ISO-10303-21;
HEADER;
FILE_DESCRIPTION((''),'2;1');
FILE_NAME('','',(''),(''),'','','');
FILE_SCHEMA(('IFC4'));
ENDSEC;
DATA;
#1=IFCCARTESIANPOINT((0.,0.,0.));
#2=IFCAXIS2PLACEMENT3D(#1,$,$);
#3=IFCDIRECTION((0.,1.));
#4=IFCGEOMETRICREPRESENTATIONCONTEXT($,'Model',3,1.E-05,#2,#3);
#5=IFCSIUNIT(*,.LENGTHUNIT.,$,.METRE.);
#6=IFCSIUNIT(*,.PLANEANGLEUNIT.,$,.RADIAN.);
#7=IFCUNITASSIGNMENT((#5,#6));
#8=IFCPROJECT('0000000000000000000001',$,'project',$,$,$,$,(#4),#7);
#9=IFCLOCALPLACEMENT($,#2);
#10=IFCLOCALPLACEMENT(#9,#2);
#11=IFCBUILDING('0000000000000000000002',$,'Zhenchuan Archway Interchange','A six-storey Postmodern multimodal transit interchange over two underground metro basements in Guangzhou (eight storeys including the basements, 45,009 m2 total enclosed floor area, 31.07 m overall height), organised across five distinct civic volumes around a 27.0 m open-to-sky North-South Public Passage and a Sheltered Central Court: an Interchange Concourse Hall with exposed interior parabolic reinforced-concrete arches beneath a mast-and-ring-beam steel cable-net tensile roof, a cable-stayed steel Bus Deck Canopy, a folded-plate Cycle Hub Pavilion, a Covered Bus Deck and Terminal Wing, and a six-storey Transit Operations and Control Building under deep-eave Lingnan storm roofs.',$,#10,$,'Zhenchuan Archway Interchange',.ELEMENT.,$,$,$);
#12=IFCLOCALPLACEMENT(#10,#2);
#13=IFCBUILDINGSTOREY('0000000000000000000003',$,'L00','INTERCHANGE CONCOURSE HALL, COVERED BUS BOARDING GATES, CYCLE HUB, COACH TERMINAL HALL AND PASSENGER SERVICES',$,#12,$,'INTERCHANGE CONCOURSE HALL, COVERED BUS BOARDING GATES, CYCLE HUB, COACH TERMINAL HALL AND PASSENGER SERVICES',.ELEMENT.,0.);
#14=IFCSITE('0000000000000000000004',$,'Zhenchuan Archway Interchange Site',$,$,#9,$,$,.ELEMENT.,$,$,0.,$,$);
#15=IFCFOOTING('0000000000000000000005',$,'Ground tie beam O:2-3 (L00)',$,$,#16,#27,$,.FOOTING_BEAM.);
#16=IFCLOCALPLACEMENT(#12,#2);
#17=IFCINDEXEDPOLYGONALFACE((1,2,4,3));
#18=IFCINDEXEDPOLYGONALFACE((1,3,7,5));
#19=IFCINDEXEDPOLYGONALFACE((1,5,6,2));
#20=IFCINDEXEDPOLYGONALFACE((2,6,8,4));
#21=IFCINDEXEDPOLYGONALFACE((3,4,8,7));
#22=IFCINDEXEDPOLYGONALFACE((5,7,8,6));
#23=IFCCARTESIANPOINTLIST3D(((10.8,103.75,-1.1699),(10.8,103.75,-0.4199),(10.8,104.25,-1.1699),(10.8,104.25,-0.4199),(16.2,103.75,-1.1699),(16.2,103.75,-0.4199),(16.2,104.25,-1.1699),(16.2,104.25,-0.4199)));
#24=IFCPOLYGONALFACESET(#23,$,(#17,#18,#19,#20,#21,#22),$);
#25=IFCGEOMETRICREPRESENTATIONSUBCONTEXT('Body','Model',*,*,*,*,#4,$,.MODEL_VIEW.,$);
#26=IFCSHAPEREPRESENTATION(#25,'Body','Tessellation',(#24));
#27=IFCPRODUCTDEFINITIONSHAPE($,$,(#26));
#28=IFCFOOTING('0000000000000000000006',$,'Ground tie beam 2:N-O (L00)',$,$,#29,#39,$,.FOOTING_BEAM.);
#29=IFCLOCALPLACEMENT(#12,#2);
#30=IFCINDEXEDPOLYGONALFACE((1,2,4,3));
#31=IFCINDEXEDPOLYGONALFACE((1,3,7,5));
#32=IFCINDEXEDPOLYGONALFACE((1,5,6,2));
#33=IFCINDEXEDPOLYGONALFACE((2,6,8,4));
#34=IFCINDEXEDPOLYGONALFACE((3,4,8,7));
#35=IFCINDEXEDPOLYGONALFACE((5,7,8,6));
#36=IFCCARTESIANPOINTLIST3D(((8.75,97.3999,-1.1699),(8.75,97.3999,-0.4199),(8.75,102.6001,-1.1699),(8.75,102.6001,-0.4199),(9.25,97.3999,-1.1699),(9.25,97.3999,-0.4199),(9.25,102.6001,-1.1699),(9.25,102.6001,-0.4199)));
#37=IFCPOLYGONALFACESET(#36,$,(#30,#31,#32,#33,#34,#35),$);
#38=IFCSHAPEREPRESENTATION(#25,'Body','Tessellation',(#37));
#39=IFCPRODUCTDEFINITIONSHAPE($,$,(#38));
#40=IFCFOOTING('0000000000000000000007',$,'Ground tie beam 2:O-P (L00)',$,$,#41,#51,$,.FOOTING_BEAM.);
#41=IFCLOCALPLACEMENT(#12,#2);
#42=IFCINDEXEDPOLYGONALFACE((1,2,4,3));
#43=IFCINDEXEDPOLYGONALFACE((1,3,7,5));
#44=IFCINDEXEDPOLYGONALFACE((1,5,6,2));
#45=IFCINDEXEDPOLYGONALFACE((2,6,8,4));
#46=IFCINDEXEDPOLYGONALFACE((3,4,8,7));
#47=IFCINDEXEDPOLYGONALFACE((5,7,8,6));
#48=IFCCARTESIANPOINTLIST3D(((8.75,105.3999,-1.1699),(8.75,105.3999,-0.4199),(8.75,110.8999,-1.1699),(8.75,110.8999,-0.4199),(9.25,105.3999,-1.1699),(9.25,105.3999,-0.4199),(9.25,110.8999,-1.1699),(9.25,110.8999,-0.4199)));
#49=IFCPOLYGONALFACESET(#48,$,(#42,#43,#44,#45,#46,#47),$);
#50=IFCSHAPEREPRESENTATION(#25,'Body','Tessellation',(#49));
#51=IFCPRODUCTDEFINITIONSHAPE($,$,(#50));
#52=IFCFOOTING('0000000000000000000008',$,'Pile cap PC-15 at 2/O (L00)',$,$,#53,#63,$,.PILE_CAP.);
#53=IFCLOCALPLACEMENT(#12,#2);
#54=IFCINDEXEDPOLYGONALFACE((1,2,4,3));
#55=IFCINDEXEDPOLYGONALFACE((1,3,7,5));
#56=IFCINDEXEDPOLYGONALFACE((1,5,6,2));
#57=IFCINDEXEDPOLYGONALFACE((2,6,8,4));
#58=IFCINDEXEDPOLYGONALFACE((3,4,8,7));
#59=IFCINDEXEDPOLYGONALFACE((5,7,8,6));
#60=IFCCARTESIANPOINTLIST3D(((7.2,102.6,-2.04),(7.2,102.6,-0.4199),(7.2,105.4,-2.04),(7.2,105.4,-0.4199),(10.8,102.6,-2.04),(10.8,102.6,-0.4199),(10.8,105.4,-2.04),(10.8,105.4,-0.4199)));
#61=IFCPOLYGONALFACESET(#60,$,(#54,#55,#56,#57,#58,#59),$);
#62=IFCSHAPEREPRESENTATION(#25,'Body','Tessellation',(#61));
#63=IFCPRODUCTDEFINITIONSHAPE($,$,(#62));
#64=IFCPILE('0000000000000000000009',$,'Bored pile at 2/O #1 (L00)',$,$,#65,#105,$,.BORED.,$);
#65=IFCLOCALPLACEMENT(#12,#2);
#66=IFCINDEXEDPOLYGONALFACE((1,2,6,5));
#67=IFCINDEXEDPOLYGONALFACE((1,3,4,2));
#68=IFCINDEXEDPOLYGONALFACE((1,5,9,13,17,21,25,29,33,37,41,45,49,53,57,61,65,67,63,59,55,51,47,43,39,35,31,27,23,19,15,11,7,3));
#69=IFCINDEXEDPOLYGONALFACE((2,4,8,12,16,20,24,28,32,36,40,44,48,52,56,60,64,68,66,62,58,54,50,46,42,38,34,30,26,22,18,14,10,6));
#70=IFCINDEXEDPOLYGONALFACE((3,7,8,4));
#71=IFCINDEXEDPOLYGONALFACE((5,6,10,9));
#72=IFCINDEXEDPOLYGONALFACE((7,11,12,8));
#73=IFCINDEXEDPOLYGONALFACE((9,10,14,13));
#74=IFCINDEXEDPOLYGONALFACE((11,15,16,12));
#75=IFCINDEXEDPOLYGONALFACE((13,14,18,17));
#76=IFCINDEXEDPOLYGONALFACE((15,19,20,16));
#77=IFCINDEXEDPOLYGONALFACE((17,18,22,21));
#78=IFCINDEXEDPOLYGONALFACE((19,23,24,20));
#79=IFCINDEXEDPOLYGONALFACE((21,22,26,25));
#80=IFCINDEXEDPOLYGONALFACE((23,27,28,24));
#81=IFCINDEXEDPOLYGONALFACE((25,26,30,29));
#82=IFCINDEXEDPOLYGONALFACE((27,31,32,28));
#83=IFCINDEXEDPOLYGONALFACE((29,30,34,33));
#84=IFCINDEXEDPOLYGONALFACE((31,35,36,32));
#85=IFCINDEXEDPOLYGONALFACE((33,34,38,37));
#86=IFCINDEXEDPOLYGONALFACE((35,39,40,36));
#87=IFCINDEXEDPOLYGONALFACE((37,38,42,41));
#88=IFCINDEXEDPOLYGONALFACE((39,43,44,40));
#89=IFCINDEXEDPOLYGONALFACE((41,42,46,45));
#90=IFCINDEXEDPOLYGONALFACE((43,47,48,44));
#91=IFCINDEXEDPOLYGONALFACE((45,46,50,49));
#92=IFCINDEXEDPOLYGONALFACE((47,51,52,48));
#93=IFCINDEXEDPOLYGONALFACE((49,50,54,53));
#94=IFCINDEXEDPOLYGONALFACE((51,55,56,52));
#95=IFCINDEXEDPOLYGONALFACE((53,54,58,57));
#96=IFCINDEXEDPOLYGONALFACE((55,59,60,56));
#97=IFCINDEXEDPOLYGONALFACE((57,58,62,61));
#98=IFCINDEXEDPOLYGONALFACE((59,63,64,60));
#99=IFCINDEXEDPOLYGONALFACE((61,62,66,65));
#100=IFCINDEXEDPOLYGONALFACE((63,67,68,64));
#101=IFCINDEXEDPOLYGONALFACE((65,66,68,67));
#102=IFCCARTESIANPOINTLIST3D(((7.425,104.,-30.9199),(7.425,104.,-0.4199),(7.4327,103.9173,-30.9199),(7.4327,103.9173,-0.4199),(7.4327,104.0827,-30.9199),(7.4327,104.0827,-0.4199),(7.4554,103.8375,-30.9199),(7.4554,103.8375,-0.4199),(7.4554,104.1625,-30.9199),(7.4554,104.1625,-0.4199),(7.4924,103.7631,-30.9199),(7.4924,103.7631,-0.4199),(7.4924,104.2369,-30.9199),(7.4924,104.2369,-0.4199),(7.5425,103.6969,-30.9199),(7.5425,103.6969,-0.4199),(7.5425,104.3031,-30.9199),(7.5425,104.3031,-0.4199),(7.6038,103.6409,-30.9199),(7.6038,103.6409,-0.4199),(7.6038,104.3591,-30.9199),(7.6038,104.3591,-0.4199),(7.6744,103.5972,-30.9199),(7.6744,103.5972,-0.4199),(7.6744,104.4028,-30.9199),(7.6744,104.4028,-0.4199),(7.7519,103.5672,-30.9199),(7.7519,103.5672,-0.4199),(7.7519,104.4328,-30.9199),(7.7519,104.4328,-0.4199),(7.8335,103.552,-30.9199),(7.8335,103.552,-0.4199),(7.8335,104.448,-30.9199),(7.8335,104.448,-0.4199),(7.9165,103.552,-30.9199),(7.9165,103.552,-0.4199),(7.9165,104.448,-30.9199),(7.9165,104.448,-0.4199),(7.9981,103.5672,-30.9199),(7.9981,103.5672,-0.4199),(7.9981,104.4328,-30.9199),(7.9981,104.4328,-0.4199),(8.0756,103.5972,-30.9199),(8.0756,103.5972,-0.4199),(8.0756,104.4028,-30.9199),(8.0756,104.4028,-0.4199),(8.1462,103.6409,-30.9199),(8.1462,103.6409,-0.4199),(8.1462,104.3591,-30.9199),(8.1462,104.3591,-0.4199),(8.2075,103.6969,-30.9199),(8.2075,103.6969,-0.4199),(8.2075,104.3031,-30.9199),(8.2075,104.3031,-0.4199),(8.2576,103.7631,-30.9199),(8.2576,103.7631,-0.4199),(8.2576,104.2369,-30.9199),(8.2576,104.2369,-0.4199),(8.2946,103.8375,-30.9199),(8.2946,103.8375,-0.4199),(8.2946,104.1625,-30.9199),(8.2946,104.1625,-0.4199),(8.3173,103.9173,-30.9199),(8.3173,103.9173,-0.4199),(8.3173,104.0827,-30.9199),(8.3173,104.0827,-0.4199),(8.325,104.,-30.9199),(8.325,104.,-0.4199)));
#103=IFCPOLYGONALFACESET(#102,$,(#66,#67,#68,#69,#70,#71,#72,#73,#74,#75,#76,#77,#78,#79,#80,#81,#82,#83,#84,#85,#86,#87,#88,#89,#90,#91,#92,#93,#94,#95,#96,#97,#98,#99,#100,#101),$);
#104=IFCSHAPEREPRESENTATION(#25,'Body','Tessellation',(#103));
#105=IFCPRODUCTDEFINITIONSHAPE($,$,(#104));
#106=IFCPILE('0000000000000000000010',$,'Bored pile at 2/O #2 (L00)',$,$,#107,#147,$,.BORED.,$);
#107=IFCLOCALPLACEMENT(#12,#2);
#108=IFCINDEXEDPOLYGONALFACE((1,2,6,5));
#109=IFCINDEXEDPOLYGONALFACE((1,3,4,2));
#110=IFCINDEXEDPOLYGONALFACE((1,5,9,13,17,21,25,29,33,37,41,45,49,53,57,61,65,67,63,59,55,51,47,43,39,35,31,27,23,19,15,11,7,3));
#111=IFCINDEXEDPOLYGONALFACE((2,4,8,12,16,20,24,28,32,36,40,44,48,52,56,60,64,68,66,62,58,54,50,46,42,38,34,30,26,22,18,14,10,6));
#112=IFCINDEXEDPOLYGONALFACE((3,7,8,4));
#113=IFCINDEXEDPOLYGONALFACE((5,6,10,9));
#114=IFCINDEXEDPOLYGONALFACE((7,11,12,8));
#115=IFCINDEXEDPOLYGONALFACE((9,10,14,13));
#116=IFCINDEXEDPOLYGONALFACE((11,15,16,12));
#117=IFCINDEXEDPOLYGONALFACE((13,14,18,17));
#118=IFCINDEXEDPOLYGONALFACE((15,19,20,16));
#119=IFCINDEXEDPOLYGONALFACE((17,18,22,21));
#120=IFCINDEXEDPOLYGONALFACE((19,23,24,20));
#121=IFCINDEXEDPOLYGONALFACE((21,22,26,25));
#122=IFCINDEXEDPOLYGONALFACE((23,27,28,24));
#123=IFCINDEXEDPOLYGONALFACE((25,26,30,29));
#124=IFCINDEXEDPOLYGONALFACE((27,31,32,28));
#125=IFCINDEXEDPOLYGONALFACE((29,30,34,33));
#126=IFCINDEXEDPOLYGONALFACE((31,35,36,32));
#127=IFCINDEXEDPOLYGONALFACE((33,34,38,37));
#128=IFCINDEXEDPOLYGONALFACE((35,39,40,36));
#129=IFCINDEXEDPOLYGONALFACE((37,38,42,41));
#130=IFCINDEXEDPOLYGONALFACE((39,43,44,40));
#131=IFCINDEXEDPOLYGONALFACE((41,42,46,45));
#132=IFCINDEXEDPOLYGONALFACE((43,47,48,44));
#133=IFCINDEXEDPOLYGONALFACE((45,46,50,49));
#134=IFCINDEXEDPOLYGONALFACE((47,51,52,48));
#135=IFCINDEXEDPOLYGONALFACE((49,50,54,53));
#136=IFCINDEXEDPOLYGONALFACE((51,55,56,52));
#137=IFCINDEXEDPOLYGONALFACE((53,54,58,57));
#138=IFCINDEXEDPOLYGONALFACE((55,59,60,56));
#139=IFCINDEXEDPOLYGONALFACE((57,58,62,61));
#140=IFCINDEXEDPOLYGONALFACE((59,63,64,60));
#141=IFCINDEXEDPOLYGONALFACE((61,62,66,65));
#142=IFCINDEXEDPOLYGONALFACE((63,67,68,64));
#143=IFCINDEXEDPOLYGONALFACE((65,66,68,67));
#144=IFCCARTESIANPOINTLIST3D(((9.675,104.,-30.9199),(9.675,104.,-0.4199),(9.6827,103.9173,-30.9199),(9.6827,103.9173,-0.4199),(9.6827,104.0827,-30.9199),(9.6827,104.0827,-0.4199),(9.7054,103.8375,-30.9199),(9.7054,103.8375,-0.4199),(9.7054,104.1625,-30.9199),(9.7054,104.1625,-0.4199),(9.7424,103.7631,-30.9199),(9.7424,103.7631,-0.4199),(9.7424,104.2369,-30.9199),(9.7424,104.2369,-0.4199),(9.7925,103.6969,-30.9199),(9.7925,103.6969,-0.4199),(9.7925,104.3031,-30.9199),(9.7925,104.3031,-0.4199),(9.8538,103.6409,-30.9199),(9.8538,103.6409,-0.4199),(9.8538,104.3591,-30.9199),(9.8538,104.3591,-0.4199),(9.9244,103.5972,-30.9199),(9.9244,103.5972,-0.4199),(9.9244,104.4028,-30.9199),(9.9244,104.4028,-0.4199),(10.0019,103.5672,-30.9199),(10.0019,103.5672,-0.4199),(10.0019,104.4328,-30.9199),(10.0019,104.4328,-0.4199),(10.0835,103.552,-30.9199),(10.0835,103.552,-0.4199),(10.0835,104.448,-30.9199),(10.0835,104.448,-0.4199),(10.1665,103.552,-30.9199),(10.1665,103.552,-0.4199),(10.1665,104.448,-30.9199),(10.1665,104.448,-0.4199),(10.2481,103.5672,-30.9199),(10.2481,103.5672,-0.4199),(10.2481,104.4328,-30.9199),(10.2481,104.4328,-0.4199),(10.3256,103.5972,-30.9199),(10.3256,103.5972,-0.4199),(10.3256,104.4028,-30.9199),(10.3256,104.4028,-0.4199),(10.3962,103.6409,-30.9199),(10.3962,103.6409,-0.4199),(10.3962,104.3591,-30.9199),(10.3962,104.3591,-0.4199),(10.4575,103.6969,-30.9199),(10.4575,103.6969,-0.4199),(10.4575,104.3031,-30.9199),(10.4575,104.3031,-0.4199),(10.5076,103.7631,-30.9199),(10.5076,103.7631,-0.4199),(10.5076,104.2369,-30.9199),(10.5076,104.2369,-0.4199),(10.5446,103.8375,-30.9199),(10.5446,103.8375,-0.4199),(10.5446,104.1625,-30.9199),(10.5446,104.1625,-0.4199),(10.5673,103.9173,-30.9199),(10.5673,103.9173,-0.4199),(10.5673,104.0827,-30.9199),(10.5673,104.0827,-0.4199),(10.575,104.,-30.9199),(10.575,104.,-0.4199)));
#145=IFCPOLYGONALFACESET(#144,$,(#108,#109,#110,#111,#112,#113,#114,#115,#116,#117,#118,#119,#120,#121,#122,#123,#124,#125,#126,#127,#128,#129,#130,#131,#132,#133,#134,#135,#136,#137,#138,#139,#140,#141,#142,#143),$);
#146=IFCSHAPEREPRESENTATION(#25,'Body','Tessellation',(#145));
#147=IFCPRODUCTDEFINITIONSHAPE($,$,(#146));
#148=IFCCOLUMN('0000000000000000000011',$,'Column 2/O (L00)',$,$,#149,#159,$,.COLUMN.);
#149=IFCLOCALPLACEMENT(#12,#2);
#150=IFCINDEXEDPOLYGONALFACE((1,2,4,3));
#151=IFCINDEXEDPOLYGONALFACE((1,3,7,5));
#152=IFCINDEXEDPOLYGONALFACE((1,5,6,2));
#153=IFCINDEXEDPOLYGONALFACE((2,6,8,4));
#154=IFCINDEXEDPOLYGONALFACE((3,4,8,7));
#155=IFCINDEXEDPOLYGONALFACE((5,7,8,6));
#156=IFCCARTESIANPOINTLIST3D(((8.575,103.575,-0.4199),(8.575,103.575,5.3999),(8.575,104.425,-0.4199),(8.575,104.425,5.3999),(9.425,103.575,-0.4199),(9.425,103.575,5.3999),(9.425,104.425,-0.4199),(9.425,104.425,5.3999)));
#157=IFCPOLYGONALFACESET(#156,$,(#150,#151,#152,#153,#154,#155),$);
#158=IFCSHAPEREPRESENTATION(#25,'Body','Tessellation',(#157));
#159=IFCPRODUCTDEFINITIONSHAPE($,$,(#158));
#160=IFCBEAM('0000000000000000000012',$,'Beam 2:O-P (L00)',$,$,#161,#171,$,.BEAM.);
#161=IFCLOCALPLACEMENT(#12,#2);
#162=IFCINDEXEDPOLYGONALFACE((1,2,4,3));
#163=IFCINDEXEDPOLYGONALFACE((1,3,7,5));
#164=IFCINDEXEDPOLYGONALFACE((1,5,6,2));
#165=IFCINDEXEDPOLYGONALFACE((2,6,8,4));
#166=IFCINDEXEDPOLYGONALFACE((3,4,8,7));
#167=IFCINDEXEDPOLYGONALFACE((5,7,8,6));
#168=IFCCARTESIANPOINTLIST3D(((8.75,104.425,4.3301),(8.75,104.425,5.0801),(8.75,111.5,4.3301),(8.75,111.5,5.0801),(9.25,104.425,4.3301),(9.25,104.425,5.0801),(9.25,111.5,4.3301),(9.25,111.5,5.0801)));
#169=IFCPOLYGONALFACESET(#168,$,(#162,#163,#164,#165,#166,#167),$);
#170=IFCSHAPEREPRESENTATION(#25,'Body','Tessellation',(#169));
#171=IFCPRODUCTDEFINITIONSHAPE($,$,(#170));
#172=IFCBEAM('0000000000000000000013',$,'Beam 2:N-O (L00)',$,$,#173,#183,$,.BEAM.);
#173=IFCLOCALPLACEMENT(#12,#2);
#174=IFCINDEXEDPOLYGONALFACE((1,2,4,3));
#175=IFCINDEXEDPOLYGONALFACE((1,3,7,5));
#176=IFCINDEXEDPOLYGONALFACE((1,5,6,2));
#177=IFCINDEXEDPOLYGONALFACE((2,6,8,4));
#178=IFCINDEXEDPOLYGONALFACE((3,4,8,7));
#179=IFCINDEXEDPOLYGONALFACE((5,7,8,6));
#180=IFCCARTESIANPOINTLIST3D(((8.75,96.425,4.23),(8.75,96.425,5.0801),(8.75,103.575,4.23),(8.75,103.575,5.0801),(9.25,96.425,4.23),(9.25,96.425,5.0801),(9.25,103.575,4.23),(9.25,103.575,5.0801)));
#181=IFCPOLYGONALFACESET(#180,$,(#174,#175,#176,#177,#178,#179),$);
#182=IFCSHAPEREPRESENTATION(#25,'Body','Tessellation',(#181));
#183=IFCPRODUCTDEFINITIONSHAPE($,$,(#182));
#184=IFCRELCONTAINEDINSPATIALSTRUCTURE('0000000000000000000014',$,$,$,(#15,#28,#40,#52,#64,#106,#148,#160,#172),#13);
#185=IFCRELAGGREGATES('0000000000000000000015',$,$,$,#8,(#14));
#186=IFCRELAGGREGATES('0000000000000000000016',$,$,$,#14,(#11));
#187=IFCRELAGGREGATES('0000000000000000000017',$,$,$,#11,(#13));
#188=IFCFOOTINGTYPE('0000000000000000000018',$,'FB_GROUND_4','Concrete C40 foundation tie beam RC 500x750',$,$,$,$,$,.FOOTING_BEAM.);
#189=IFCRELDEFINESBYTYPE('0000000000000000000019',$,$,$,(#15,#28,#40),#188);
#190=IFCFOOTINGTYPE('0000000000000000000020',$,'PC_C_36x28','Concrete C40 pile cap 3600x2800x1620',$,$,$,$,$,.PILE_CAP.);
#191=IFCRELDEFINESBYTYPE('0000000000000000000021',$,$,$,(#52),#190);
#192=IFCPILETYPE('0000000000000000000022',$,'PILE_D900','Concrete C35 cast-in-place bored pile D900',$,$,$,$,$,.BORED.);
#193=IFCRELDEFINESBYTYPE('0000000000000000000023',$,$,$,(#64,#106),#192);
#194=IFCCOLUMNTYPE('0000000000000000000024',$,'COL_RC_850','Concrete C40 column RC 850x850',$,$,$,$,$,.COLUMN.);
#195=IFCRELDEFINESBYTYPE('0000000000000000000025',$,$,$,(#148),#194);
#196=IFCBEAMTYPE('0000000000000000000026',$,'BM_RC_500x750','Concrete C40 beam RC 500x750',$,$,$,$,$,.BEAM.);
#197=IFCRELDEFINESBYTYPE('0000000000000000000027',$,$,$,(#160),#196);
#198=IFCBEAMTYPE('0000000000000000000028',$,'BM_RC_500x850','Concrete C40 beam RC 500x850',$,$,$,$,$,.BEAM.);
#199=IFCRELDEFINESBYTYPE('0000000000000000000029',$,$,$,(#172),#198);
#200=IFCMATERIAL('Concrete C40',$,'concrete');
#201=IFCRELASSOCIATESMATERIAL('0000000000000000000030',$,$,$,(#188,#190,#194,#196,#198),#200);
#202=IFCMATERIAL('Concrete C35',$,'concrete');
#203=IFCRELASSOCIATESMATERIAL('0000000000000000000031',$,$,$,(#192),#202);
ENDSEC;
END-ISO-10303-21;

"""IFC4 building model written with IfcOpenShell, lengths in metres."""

from ifc_helpers import new_model, si_unit, direction, frame, origin, origin_2d, place, context, subcontext, project, spatial, rectangle, circle, extrude, material, material_profile, profile_set, type_object, element, save


model = new_model("IFC4")

# Units and contexts
model_context = context("Model", 3, precision=1e-05, world=origin(), true_north=direction((0.0, 1.0)))
body_context = subcontext(model_context, "Body", "Model", "MODEL_VIEW")
ifc_project = project(units=[si_unit("LENGTHUNIT", "METRE"), si_unit("PLANEANGLEUNIT", "RADIAN")], contexts=[model_context])

# Site, building, storey
site_placement = place(None, origin())
site = spatial("IfcSite", under=ifc_project, at=site_placement, Name="Zhenchuan Archway Interchange Site", CompositionType="ELEMENT", RefElevation=0.0)
building_placement = place(site_placement, origin())
building = spatial("IfcBuilding", under=site, at=building_placement, Name="Zhenchuan Archway Interchange", Description="A six-storey Postmodern multimodal transit interchange over two underground metro basements in Guangzhou (eight storeys including the basements, 45,009 m2 total enclosed floor area, 31.07 m overall height), organised across five distinct civic volumes around a 27.0 m open-to-sky North-South Public Passage and a Sheltered Central Court: an Interchange Concourse Hall with exposed interior parabolic reinforced-concrete arches beneath a mast-and-ring-beam steel cable-net tensile roof, a cable-stayed steel Bus Deck Canopy, a folded-plate Cycle Hub Pavilion, a Covered Bus Deck and Terminal Wing, and a six-storey Transit Operations and Control Building under deep-eave Lingnan storm roofs.", LongName="Zhenchuan Archway Interchange", CompositionType="ELEMENT")
storey_placement = place(building_placement, origin())
storey = spatial("IfcBuildingStorey", under=building, at=storey_placement, Name="L00", Description="INTERCHANGE CONCOURSE HALL, COVERED BUS BOARDING GATES, CYCLE HUB, COACH TERMINAL HALL AND PASSENGER SERVICES", LongName="INTERCHANGE CONCOURSE HALL, COVERED BUS BOARDING GATES, CYCLE HUB, COACH TERMINAL HALL AND PASSENGER SERVICES", CompositionType="ELEMENT", Elevation=0.0)

# Footings
ifc_material_1 = material(Name="Concrete C40", Category="concrete")
ifc_material_profile_1 = material_profile(ifc_material_1, rectangle(XDim=0.5, YDim=0.75, at=origin_2d()), Name="RC 500x750")
ifc_profile_set_1 = profile_set([ifc_material_profile_1], Name="Concrete C40")
footing_type_1 = type_object("IfcFootingType", Name="FB_GROUND_4", Description="Concrete C40 foundation tie beam RC 500x750", PredefinedType="FOOTING_BEAM", material=ifc_profile_set_1)
footing_1_placement = place(storey_placement, frame((10.8, 104.0, -0.7949), z_axis=(1.0, 0.0, 0.0), x_axis=(0.0, 1.0, 0.0)))
element("IfcFooting", 1, at=footing_1_placement, inside=storey, type_object=footing_type_1, Name="Ground tie beam O:2-3 (L00)", PredefinedType="FOOTING_BEAM", context=body_context, shape_type="SweptSolid", body=[
    extrude(rectangle(XDim=0.5, YDim=0.75, at=origin_2d()), origin(), (0.0, 0.0, 1.0), 5.3999),
])
footing_2_placement = place(storey_placement, frame((9.0, 97.3999, -0.7949), z_axis=(0.0, 1.0, 0.0), x_axis=(-1.0, 0.0, 0.0)))
element("IfcFooting", 2, at=footing_2_placement, inside=storey, type_object=footing_type_1, Name="Ground tie beam 2:N-O (L00)", PredefinedType="FOOTING_BEAM", context=body_context, shape_type="SweptSolid", body=[
    extrude(rectangle(XDim=0.5, YDim=0.75, at=origin_2d()), origin(), (0.0, 0.0, 1.0), 5.2002),
])
footing_3_placement = place(storey_placement, frame((9.0, 105.3999, -0.7949), z_axis=(0.0, 1.0, 0.0), x_axis=(-1.0, 0.0, 0.0)))
element("IfcFooting", 3, at=footing_3_placement, inside=storey, type_object=footing_type_1, Name="Ground tie beam 2:O-P (L00)", PredefinedType="FOOTING_BEAM", context=body_context, shape_type="SweptSolid", body=[
    extrude(rectangle(XDim=0.5, YDim=0.75, at=origin_2d()), origin(), (0.0, 0.0, 1.0), 5.5),
])
footing_type_2 = type_object("IfcFootingType", Name="PC_C_36x28", Description="Concrete C40 pile cap 3600x2800x1620", PredefinedType="PILE_CAP", material=ifc_material_1)
footing_4_placement = place(storey_placement, frame((9.0, 104.0, -2.04), z_axis=(0.0, 0.0, 1.0), x_axis=(1.0, 0.0, 0.0)))
element("IfcFooting", 4, at=footing_4_placement, inside=storey, type_object=footing_type_2, Name="Pile cap PC-15 at 2/O (L00)", PredefinedType="PILE_CAP", context=body_context, shape_type="SweptSolid", body=[
    extrude(rectangle(XDim=3.6001, YDim=2.8, at=origin_2d()), origin(), (0.0, 0.0, 1.0), 1.6201),
])

# Piles
ifc_material_2 = material(Name="Concrete C35", Category="concrete")
ifc_material_profile_2 = material_profile(ifc_material_2, circle(Radius=0.45, at=origin_2d()), Name="BORED PILE 900")
ifc_profile_set_2 = profile_set([ifc_material_profile_2], Name="Concrete C35")
pile_type = type_object("IfcPileType", Name="PILE_D900", Description="Concrete C35 cast-in-place bored pile D900", PredefinedType="BORED", material=ifc_profile_set_2)
for number, where, z_axis, x_axis, name in (
    (5, (7.875, 104.0, -0.4199), (0.0, 0.0, -1.0), (1.0, 0.0, 0.0), "Bored pile at 2/O #1 (L00)"),
    (6, (10.125, 104.0, -0.4199), (0.0, 0.0, -1.0), (1.0, 0.0, 0.0), "Bored pile at 2/O #2 (L00)"),
):
    element("IfcPile", number, at=place(storey_placement, frame(where, z_axis=z_axis, x_axis=x_axis)), inside=storey, type_object=pile_type, Name=name, PredefinedType="BORED", context=body_context, shape_type="SweptSolid", body=[
        extrude(circle(Radius=0.45, at=origin_2d()), origin(), (0.0, 0.0, 1.0), 30.5),
    ])

# Column
ifc_material_profile_3 = material_profile(ifc_material_1, rectangle(XDim=0.8501, YDim=0.8501, at=origin_2d()), Name="RC 850x850")
ifc_profile_set_3 = profile_set([ifc_material_profile_3], Name="Concrete C40")
column_type = type_object("IfcColumnType", Name="COL_RC_850", Description="Concrete C40 column RC 850x850", PredefinedType="COLUMN", material=ifc_profile_set_3)
column_placement = place(storey_placement, frame((9.0, 104.0, -0.4199), z_axis=(0.0, 0.0, 1.0), x_axis=(1.0, 0.0, 0.0)))
element("IfcColumn", 7, at=column_placement, inside=storey, type_object=column_type, Name="Column 2/O (L00)", PredefinedType="COLUMN", context=body_context, shape_type="SweptSolid", body=[
    extrude(rectangle(XDim=0.8501, YDim=0.8501, at=origin_2d()), origin(), (0.0, 0.0, 1.0), 5.8198),
])

# Beams
ifc_material_profile_4 = material_profile(ifc_material_1, rectangle(XDim=0.5, YDim=0.75, at=origin_2d()), Name="RC 500x750")
ifc_profile_set_4 = profile_set([ifc_material_profile_4], Name="Concrete C40")
beam_type_1 = type_object("IfcBeamType", Name="BM_RC_500x750", Description="Concrete C40 beam RC 500x750", PredefinedType="BEAM", material=ifc_profile_set_4)
beam_1_placement = place(storey_placement, frame((9.0, 104.425, 4.7051), z_axis=(0.0, 1.0, 0.0), x_axis=(-1.0, 0.0, 0.0)))
element("IfcBeam", 8, at=beam_1_placement, inside=storey, type_object=beam_type_1, Name="Beam 2:O-P (L00)", PredefinedType="BEAM", context=body_context, shape_type="SweptSolid", body=[
    extrude(rectangle(XDim=0.5, YDim=0.75, at=origin_2d()), origin(), (0.0, 0.0, 1.0), 7.075),
])
ifc_material_profile_5 = material_profile(ifc_material_1, rectangle(XDim=0.5, YDim=0.8501, at=origin_2d()), Name="RC 500x850")
ifc_profile_set_5 = profile_set([ifc_material_profile_5], Name="Concrete C40")
beam_type_2 = type_object("IfcBeamType", Name="BM_RC_500x850", Description="Concrete C40 beam RC 500x850", PredefinedType="BEAM", material=ifc_profile_set_5)
beam_2_placement = place(storey_placement, frame((9.0, 96.425, 4.655), z_axis=(0.0, 1.0, 0.0), x_axis=(-1.0, 0.0, 0.0)))
element("IfcBeam", 9, at=beam_2_placement, inside=storey, type_object=beam_type_2, Name="Beam 2:N-O (L00)", PredefinedType="BEAM", context=body_context, shape_type="SweptSolid", body=[
    extrude(rectangle(XDim=0.5, YDim=0.8501, at=origin_2d()), origin(), (0.0, 0.0, 1.0), 7.1499),
])

save(model, "model.ifc")
